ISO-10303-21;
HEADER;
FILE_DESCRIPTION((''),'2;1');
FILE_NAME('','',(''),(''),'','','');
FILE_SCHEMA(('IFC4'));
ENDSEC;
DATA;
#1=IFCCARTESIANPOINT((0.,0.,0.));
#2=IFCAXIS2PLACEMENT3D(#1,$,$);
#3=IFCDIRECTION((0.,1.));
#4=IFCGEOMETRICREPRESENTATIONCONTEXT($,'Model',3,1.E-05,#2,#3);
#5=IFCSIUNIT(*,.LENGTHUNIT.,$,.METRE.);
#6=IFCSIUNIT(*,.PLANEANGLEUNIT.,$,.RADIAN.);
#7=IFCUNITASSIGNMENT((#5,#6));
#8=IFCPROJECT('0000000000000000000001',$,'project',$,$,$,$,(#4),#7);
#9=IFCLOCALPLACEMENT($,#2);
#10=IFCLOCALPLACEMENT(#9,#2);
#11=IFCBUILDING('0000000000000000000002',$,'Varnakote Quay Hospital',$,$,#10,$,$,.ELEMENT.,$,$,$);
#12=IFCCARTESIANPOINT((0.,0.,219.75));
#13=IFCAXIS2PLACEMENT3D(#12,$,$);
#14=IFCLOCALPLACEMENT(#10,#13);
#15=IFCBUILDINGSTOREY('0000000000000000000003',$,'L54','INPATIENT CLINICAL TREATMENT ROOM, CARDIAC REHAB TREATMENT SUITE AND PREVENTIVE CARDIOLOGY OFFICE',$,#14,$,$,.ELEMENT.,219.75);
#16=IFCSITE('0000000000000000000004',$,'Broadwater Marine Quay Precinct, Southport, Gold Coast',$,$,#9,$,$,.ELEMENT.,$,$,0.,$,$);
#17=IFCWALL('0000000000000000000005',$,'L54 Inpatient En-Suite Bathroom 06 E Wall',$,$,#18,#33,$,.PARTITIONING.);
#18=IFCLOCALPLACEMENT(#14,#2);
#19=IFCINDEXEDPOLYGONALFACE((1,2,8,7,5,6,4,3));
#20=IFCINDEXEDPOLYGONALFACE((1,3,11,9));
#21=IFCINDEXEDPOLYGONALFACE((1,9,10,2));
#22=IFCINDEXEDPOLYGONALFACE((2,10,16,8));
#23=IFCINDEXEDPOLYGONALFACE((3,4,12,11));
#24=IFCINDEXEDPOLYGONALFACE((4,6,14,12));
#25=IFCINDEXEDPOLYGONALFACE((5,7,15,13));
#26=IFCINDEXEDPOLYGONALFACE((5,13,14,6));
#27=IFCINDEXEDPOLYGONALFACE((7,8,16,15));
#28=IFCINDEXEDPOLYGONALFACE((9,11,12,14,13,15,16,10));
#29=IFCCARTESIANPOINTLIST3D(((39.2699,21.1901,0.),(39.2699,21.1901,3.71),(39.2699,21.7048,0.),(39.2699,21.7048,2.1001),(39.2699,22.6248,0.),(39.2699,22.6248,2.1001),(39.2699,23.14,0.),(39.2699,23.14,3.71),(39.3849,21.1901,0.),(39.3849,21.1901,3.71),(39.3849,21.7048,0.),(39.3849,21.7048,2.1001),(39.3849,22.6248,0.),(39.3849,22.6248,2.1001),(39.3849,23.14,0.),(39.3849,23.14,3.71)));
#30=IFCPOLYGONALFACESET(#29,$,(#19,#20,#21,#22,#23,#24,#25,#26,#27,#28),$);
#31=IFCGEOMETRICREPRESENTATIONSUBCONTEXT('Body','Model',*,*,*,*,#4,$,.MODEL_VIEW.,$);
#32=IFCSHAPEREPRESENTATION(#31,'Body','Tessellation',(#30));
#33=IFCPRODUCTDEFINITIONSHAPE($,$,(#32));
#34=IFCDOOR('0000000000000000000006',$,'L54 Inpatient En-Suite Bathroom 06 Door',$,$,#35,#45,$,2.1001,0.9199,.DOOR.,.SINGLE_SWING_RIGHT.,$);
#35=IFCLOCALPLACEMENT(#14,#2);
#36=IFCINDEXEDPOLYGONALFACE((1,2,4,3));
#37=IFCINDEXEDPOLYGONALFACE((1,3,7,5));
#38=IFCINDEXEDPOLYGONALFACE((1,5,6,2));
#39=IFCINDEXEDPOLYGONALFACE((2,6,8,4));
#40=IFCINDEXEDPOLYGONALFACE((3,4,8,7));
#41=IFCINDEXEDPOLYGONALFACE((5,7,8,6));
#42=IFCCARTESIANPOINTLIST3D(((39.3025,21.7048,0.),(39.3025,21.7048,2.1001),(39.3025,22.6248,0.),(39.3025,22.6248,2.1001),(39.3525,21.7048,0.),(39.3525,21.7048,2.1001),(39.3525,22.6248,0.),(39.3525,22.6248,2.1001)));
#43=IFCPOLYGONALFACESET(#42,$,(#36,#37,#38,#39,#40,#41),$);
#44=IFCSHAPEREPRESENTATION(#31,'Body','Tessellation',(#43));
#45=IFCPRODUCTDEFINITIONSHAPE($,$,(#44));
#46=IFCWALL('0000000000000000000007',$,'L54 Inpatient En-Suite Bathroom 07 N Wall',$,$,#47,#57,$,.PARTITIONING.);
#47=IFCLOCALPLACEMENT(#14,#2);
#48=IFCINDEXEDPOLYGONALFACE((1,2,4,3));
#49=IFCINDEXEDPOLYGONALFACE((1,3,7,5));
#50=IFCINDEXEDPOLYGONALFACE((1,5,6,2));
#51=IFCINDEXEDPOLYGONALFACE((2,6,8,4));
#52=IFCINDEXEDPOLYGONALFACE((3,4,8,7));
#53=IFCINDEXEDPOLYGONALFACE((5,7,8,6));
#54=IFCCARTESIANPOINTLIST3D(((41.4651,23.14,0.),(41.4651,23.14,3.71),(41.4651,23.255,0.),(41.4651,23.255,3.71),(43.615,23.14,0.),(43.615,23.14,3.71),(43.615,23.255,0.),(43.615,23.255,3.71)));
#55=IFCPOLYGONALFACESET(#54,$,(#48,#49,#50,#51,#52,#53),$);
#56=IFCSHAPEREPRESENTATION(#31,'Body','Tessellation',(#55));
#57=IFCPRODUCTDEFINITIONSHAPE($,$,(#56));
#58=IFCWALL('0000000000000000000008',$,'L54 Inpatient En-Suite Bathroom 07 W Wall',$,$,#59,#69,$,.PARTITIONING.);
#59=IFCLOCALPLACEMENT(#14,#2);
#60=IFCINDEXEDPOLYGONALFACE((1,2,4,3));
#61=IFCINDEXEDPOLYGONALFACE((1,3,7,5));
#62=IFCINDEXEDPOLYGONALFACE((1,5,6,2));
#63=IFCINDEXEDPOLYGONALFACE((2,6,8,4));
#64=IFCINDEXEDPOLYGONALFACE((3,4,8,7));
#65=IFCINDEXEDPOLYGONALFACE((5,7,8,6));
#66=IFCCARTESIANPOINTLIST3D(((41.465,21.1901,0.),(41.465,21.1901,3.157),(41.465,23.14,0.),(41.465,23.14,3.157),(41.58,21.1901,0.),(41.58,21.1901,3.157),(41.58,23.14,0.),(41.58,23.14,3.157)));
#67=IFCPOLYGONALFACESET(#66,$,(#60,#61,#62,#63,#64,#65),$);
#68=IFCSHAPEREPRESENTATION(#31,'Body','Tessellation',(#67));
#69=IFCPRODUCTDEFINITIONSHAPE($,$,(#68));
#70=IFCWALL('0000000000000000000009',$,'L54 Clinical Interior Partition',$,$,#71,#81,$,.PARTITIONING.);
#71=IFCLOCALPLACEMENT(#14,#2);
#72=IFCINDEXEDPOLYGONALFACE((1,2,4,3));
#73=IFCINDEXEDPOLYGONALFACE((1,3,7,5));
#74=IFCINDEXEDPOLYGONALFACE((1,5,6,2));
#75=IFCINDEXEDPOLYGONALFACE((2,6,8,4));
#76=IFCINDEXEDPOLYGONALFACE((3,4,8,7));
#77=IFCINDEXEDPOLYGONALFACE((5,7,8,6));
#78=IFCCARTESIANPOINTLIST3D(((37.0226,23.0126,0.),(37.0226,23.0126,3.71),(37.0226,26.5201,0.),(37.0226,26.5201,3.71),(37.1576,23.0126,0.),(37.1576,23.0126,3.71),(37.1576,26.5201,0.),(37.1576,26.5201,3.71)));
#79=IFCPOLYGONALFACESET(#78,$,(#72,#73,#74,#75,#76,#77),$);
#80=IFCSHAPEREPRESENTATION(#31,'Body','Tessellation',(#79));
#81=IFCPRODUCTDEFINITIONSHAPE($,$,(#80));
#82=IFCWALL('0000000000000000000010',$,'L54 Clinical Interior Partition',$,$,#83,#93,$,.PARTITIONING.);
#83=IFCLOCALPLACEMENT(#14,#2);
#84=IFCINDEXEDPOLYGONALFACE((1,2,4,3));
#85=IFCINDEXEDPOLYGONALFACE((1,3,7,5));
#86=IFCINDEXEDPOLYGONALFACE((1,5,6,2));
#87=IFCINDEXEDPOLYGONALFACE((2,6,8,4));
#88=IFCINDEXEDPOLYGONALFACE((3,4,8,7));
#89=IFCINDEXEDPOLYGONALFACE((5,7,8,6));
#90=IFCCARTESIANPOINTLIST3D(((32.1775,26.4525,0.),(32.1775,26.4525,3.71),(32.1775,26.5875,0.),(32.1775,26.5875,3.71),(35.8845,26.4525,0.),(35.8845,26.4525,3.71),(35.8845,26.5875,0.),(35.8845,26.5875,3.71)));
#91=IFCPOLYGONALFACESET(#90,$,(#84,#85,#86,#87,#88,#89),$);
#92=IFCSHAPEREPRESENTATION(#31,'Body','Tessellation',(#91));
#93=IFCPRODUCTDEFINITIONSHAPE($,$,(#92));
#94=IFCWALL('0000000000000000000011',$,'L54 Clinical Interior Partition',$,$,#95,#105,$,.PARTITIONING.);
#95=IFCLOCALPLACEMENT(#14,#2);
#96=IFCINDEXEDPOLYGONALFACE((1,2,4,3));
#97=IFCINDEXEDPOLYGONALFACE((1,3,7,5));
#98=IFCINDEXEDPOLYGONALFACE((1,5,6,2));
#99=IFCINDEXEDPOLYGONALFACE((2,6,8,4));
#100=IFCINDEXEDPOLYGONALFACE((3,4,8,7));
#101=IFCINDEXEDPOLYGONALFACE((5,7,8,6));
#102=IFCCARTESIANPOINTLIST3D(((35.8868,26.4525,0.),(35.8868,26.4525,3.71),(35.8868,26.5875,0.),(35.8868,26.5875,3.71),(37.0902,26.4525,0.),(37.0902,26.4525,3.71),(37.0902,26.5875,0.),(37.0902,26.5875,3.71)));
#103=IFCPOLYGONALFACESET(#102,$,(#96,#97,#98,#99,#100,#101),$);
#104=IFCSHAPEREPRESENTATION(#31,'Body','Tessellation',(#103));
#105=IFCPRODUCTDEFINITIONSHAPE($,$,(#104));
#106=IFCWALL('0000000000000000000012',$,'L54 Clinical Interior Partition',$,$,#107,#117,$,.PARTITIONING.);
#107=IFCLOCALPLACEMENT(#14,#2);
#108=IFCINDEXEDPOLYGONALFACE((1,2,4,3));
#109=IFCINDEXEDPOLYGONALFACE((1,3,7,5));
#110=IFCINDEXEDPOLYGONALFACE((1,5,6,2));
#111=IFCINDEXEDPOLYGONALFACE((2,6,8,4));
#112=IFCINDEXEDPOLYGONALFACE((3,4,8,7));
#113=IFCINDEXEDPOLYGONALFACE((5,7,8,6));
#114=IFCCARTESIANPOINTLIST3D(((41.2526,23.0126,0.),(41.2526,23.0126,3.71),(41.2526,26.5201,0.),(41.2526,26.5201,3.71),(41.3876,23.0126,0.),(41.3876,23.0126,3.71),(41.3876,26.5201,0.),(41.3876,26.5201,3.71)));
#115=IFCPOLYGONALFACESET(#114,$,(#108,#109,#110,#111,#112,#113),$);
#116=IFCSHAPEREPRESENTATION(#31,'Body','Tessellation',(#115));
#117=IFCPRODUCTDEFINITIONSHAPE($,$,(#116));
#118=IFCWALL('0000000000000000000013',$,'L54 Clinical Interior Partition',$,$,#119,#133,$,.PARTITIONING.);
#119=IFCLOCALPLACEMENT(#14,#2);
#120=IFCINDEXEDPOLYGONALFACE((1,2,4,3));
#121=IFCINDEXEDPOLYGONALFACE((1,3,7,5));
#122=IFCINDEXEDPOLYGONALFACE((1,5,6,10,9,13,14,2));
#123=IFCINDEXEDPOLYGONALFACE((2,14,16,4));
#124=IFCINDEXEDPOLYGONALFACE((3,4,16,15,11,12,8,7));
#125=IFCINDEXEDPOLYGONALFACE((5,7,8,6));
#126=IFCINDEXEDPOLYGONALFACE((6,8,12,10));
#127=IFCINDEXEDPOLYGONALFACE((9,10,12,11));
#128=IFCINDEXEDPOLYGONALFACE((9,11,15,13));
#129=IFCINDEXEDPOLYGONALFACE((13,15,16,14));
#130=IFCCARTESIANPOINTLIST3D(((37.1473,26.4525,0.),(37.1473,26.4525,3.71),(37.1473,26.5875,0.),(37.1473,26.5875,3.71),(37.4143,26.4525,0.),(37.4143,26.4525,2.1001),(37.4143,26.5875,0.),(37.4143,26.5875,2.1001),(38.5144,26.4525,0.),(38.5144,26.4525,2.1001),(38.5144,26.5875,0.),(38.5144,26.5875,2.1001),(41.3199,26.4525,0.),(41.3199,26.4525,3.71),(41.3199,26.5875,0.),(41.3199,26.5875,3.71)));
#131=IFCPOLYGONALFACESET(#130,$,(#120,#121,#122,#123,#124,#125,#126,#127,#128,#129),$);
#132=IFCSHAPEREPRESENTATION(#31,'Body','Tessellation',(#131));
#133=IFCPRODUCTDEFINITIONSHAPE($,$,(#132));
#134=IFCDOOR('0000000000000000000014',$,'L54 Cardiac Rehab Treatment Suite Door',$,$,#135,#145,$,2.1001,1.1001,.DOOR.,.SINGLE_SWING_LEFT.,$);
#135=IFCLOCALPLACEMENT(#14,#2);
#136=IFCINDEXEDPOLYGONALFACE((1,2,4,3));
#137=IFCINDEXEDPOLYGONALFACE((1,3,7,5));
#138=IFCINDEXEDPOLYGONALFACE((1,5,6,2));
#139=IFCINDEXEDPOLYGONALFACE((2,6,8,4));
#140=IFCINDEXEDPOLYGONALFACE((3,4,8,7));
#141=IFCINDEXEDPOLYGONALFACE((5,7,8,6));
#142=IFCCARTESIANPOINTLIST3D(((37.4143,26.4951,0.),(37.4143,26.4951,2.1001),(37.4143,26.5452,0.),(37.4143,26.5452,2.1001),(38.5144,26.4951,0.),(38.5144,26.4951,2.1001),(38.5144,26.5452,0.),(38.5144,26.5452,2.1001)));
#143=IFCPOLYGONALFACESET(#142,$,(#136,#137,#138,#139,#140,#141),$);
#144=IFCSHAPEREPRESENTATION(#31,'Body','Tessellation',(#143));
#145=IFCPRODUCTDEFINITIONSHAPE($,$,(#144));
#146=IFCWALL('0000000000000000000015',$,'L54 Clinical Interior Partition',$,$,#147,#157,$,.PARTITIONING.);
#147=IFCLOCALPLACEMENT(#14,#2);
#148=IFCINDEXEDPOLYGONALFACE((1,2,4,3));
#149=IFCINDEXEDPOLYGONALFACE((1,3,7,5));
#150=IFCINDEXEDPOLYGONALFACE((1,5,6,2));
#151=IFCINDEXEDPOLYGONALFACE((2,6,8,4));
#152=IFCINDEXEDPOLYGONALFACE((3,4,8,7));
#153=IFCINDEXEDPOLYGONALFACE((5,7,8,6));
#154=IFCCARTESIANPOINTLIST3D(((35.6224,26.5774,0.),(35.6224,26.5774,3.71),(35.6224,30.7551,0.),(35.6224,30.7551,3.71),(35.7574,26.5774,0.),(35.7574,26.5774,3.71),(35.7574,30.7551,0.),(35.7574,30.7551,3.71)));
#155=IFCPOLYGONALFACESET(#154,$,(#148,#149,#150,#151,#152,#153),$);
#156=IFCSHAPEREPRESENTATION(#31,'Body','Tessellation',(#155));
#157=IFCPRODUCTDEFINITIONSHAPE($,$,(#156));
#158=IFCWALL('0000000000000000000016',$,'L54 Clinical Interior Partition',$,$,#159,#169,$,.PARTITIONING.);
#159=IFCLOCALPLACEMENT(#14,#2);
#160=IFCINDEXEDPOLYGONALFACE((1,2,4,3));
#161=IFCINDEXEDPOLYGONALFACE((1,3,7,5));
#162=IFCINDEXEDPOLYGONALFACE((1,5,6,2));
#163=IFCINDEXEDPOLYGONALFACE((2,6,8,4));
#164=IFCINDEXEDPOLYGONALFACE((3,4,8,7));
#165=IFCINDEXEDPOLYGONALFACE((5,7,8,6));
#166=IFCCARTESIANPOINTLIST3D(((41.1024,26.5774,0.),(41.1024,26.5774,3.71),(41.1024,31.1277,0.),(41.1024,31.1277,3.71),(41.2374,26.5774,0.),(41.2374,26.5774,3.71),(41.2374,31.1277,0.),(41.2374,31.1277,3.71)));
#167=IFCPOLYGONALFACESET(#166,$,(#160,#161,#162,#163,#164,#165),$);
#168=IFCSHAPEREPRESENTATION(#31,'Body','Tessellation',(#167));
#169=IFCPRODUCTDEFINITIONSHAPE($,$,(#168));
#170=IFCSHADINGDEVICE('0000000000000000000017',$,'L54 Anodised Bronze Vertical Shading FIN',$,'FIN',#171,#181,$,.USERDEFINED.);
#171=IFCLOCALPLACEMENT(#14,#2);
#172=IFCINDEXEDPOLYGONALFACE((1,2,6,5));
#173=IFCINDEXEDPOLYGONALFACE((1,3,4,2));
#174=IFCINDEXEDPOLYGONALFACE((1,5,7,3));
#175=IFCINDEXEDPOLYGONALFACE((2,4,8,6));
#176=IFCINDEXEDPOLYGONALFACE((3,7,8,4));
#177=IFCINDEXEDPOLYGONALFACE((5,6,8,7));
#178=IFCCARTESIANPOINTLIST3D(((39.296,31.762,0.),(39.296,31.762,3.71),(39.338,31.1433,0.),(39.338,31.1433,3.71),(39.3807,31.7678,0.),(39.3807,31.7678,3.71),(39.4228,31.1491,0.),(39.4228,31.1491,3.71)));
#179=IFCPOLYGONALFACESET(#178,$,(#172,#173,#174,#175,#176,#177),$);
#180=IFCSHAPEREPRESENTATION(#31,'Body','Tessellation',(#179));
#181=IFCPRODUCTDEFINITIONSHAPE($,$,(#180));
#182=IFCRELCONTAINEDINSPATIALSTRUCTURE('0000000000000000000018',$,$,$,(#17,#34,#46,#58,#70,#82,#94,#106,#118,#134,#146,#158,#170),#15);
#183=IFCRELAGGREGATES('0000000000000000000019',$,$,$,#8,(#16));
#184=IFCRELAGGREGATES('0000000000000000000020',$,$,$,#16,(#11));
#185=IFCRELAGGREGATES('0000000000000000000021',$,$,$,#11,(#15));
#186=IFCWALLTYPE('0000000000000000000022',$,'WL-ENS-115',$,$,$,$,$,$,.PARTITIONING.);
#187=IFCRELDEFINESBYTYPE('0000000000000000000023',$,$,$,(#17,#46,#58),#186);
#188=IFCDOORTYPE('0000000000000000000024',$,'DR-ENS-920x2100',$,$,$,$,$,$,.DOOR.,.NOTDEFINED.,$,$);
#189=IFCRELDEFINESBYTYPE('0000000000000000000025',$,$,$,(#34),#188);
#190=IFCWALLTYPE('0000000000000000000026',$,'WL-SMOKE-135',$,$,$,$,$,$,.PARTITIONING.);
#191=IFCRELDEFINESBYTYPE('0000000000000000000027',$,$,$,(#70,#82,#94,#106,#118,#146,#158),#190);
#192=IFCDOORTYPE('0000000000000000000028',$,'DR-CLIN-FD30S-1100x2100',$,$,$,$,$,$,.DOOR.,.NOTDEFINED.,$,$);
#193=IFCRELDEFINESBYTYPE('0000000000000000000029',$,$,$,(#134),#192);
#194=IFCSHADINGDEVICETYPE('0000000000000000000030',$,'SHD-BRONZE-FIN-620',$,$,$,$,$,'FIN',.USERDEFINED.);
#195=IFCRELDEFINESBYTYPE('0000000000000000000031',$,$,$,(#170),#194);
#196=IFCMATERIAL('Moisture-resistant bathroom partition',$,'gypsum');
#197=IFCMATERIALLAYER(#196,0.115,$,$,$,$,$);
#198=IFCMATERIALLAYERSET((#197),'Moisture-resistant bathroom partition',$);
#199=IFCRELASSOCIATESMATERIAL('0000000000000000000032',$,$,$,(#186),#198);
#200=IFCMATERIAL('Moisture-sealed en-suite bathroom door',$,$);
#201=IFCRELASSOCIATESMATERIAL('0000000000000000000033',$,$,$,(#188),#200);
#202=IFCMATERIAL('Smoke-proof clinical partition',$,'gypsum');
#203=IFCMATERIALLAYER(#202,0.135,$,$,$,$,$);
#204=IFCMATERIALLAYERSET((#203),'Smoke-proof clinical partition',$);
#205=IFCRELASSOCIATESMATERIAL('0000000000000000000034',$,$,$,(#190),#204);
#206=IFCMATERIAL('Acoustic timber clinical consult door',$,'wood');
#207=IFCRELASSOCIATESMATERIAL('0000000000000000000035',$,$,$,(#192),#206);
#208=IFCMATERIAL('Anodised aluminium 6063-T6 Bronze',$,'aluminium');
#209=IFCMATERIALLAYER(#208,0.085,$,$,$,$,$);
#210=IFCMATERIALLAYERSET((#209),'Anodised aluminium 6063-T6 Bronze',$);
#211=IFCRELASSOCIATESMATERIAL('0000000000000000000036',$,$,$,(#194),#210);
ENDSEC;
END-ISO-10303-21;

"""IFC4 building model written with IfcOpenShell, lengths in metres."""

from ifc_helpers import new_model, si_unit, direction, frame, frame_2d, origin, origin_2d, place, context, subcontext, project, spatial, rectangle, extrude, material, layer, layer_set, type_object, element, fill, save


model = new_model("IFC4")

# Units and contexts
model_context = context("Model", 3, precision=1e-05, world=origin(), true_north=direction((0.0, 1.0)))
body_context = subcontext(model_context, "Body", "Model", "MODEL_VIEW")
ifc_project = project(units=[si_unit("LENGTHUNIT", "METRE"), si_unit("PLANEANGLEUNIT", "RADIAN")], contexts=[model_context])

# Site, building, storey
site_placement = place(None, origin())
site = spatial("IfcSite", under=ifc_project, at=site_placement, Name="Broadwater Marine Quay Precinct, Southport, Gold Coast", CompositionType="ELEMENT", RefElevation=0.0)
building_placement = place(site_placement, origin())
building = spatial("IfcBuilding", under=site, at=building_placement, Name="Varnakote Quay Hospital", CompositionType="ELEMENT")
storey_placement = place(building_placement, frame((0.0, 0.0, 219.75)))
storey = spatial("IfcBuildingStorey", under=building, at=storey_placement, Name="L54", Description="INPATIENT CLINICAL TREATMENT ROOM, CARDIAC REHAB TREATMENT SUITE AND PREVENTIVE CARDIOLOGY OFFICE", CompositionType="ELEMENT", Elevation=219.75)

# Shared definitions
ifc_material_1 = material(Name="Moisture-resistant bathroom partition", Category="gypsum")
ifc_layer_1 = layer(ifc_material_1, 0.115)
ifc_layer_set_1 = layer_set([ifc_layer_1], Name="Moisture-resistant bathroom partition")
wall_type_1 = type_object("IfcWallType", Name="WL-ENS-115", PredefinedType="PARTITIONING", material=ifc_layer_set_1)

# Wall, opening, door
wall_1_placement = place(storey_placement, frame((39.3274, 21.1899, 0.0), z_axis=(0.0, 0.0, 1.0), x_axis=(0.0, 1.0, 0.0)))
wall_1 = element("IfcWall", 1, at=wall_1_placement, inside=storey, type_object=wall_type_1, Name="L54 Inpatient En-Suite Bathroom 06 E Wall", PredefinedType="PARTITIONING", context=body_context, shape_type="SweptSolid", body=[
    extrude(rectangle(XDim=1.95, YDim=0.115, at=frame_2d((0.9751, 0.0))), origin(), (0.0, 0.0, 1.0), 3.71),
])
opening_1_placement = place(wall_1_placement, frame((0.5149, 0.0, 0.0)))
opening_1 = element("IfcOpeningElement", 2, at=opening_1_placement, cuts=wall_1, PredefinedType="OPENING", context=body_context, shape_type="SweptSolid", body=[
    extrude(rectangle(XDim=0.9199, YDim=2.1001, at=frame_2d((0.46, 1.05))), frame((0.0, 0.0674, 0.0), z_axis=(0.0, -1.0, 0.0), x_axis=(1.0, 0.0, 0.0)), (0.0, 0.0, 1.0), 0.135),
])
ifc_material_2 = material(Name="Moisture-sealed en-suite bathroom door")
door_type_1 = type_object("IfcDoorType", Name="DR-ENS-920x2100", OperationType="NOTDEFINED", PredefinedType="DOOR", material=ifc_material_2)
door_1_placement = place(opening_1_placement, origin())
door_1 = element("IfcDoor", 3, at=door_1_placement, inside=storey, type_object=door_type_1, Name="L54 Inpatient En-Suite Bathroom 06 Door", OperationType="SINGLE_SWING_RIGHT", OverallHeight=2.1001, OverallWidth=0.9199, PredefinedType="DOOR", context=body_context, shape_type="SweptSolid", body=[
    extrude(rectangle(XDim=0.9199, YDim=2.1001, at=frame_2d((0.46, 1.05))), frame((0.0, 0.0249, 0.0), z_axis=(0.0, -1.0, 0.0), x_axis=(1.0, 0.0, 0.0)), (0.0, 0.0, 1.0), 0.05),
])
fill(opening_1, door_1)

# Walls
wall_2_placement = place(storey_placement, frame((41.4651, 23.1975, 0.0), z_axis=(0.0, 0.0, 1.0), x_axis=(1.0, 0.0, 0.0)))
element("IfcWall", 4, at=wall_2_placement, inside=storey, type_object=wall_type_1, Name="L54 Inpatient En-Suite Bathroom 07 N Wall", PredefinedType="PARTITIONING", context=body_context, shape_type="SweptSolid", body=[
    extrude(rectangle(XDim=2.1499, YDim=0.115, at=frame_2d((1.075, 0.0))), origin(), (0.0, 0.0, 1.0), 3.71),
])
wall_3_placement = place(storey_placement, frame((41.5225, 21.1899, 0.0), z_axis=(0.0, 0.0, 1.0), x_axis=(0.0, 1.0, 0.0)))
element("IfcWall", 5, at=wall_3_placement, inside=storey, type_object=wall_type_1, Name="L54 Inpatient En-Suite Bathroom 07 W Wall", PredefinedType="PARTITIONING", context=body_context, shape_type="SweptSolid", body=[
    extrude(rectangle(XDim=1.95, YDim=0.115, at=frame_2d((0.9751, 0.0))), origin(), (0.0, 0.0, 1.0), 3.157),
])
ifc_material_3 = material(Name="Smoke-proof clinical partition", Category="gypsum")
ifc_layer_2 = layer(ifc_material_3, 0.135)
ifc_layer_set_2 = layer_set([ifc_layer_2], Name="Smoke-proof clinical partition")
wall_type_2 = type_object("IfcWallType", Name="WL-SMOKE-135", PredefinedType="PARTITIONING", material=ifc_layer_set_2)
wall_4_placement = place(storey_placement, frame((37.0901, 23.0125, 0.0), z_axis=(0.0, 0.0, 1.0), x_axis=(0.0, 1.0, 0.0)))
element("IfcWall", 6, at=wall_4_placement, inside=storey, type_object=wall_type_2, Name="L54 Clinical Interior Partition", PredefinedType="PARTITIONING", context=body_context, shape_type="SweptSolid", body=[
    extrude(rectangle(XDim=3.5076, YDim=0.135, at=frame_2d((1.7539, 0.0))), origin(), (0.0, 0.0, 1.0), 3.71),
])
wall_5_placement = place(storey_placement, frame((35.8845, 26.52, 0.0), z_axis=(0.0, 0.0, 1.0), x_axis=(-1.0, 0.0, 0.0)))
element("IfcWall", 7, at=wall_5_placement, inside=storey, type_object=wall_type_2, Name="L54 Clinical Interior Partition", PredefinedType="PARTITIONING", context=body_context, shape_type="SweptSolid", body=[
    extrude(rectangle(XDim=3.707, YDim=0.135, at=frame_2d((1.8535, 0.0))), origin(), (0.0, 0.0, 1.0), 3.71),
])
wall_6_placement = place(storey_placement, frame((37.0901, 26.52, 0.0), z_axis=(0.0, 0.0, 1.0), x_axis=(-1.0, 0.0, 0.0)))
element("IfcWall", 8, at=wall_6_placement, inside=storey, type_object=wall_type_2, Name="L54 Clinical Interior Partition", PredefinedType="PARTITIONING", context=body_context, shape_type="SweptSolid", body=[
    extrude(rectangle(XDim=1.2034, YDim=0.135, at=frame_2d((0.6016, 0.0))), origin(), (0.0, 0.0, 1.0), 3.71),
])
wall_7_placement = place(storey_placement, frame((41.3201, 23.0125, 0.0), z_axis=(0.0, 0.0, 1.0), x_axis=(0.0, 1.0, 0.0)))
element("IfcWall", 9, at=wall_7_placement, inside=storey, type_object=wall_type_2, Name="L54 Clinical Interior Partition", PredefinedType="PARTITIONING", context=body_context, shape_type="SweptSolid", body=[
    extrude(rectangle(XDim=3.5076, YDim=0.135, at=frame_2d((1.7539, 0.0))), origin(), (0.0, 0.0, 1.0), 3.71),
])

# Wall, opening, door
wall_8_placement = place(storey_placement, frame((41.3201, 26.52, 0.0), z_axis=(0.0, 0.0, 1.0), x_axis=(-1.0, 0.0, 0.0)))
wall_8 = element("IfcWall", 10, at=wall_8_placement, inside=storey, type_object=wall_type_2, Name="L54 Clinical Interior Partition", PredefinedType="PARTITIONING", context=body_context, shape_type="SweptSolid", body=[
    extrude(rectangle(XDim=4.1726, YDim=0.135, at=frame_2d((2.0864, 0.0))), origin(), (0.0, 0.0, 1.0), 3.71),
])
opening_2_placement = place(wall_8_placement, frame((2.8057, 0.0, 0.0)))
opening_2 = element("IfcOpeningElement", 11, at=opening_2_placement, cuts=wall_8, PredefinedType="OPENING", context=body_context, shape_type="SweptSolid", body=[
    extrude(rectangle(XDim=1.1001, YDim=2.1001, at=frame_2d((0.55, 1.05))), frame((0.0, 0.0774, 0.0), z_axis=(0.0, -1.0, 0.0), x_axis=(1.0, 0.0, 0.0)), (0.0, 0.0, 1.0), 0.155),
])
ifc_material_4 = material(Name="Acoustic timber clinical consult door", Category="wood")
door_type_2 = type_object("IfcDoorType", Name="DR-CLIN-FD30S-1100x2100", OperationType="NOTDEFINED", PredefinedType="DOOR", material=ifc_material_4)
door_2_placement = place(opening_2_placement, origin())
door_2 = element("IfcDoor", 12, at=door_2_placement, inside=storey, type_object=door_type_2, Name="L54 Cardiac Rehab Treatment Suite Door", OperationType="SINGLE_SWING_LEFT", OverallHeight=2.1001, OverallWidth=1.1001, PredefinedType="DOOR", context=body_context, shape_type="SweptSolid", body=[
    extrude(rectangle(XDim=1.1001, YDim=2.1001, at=frame_2d((0.55, 1.05))), frame((0.0, 0.0249, 0.0), z_axis=(0.0, -1.0, 0.0), x_axis=(1.0, 0.0, 0.0)), (0.0, 0.0, 1.0), 0.05),
])
fill(opening_2, door_2)

# Walls
wall_9_placement = place(storey_placement, frame((35.6899, 26.5774, 0.0), z_axis=(0.0, 0.0, 1.0), x_axis=(0.0, 1.0, 0.0)))
element("IfcWall", 13, at=wall_9_placement, inside=storey, type_object=wall_type_2, Name="L54 Clinical Interior Partition", PredefinedType="PARTITIONING", context=body_context, shape_type="SweptSolid", body=[
    extrude(rectangle(XDim=4.1777, YDim=0.135, at=frame_2d((2.0889, 0.0))), origin(), (0.0, 0.0, 1.0), 3.71),
])
wall_10_placement = place(storey_placement, frame((41.1699, 26.5774, 0.0), z_axis=(0.0, 0.0, 1.0), x_axis=(0.0, 1.0, 0.0)))
element("IfcWall", 14, at=wall_10_placement, inside=storey, type_object=wall_type_2, Name="L54 Clinical Interior Partition", PredefinedType="PARTITIONING", context=body_context, shape_type="SweptSolid", body=[
    extrude(rectangle(XDim=4.5503, YDim=0.135, at=frame_2d((2.2751, 0.0))), origin(), (0.0, 0.0, 1.0), 3.71),
])

# Shading device
ifc_material_5 = material(Name="Anodised aluminium 6063-T6 Bronze", Category="aluminium")
ifc_layer_3 = layer(ifc_material_5, 0.085)
ifc_layer_set_3 = layer_set([ifc_layer_3], Name="Anodised aluminium 6063-T6 Bronze")
shading_device_type = type_object("IfcShadingDeviceType", Name="SHD-BRONZE-FIN-620", ElementType="FIN", PredefinedType="USERDEFINED", material=ifc_layer_set_3)
shading_device_placement = place(storey_placement, frame((39.3594, 31.4556, 0.0), z_axis=(0.0, 0.0, 1.0), x_axis=(0.067841, -0.997696, 0.0)))
element("IfcShadingDevice", 15, at=shading_device_placement, inside=storey, type_object=shading_device_type, Name="L54 Anodised Bronze Vertical Shading FIN", ObjectType="FIN", PredefinedType="USERDEFINED", context=body_context, shape_type="SweptSolid", body=[
    extrude(rectangle(XDim=0.6201, YDim=0.085, at=origin_2d()), origin(), (0.0, 0.0, 1.0), 3.71),
])

save(model, "model.ifc")
